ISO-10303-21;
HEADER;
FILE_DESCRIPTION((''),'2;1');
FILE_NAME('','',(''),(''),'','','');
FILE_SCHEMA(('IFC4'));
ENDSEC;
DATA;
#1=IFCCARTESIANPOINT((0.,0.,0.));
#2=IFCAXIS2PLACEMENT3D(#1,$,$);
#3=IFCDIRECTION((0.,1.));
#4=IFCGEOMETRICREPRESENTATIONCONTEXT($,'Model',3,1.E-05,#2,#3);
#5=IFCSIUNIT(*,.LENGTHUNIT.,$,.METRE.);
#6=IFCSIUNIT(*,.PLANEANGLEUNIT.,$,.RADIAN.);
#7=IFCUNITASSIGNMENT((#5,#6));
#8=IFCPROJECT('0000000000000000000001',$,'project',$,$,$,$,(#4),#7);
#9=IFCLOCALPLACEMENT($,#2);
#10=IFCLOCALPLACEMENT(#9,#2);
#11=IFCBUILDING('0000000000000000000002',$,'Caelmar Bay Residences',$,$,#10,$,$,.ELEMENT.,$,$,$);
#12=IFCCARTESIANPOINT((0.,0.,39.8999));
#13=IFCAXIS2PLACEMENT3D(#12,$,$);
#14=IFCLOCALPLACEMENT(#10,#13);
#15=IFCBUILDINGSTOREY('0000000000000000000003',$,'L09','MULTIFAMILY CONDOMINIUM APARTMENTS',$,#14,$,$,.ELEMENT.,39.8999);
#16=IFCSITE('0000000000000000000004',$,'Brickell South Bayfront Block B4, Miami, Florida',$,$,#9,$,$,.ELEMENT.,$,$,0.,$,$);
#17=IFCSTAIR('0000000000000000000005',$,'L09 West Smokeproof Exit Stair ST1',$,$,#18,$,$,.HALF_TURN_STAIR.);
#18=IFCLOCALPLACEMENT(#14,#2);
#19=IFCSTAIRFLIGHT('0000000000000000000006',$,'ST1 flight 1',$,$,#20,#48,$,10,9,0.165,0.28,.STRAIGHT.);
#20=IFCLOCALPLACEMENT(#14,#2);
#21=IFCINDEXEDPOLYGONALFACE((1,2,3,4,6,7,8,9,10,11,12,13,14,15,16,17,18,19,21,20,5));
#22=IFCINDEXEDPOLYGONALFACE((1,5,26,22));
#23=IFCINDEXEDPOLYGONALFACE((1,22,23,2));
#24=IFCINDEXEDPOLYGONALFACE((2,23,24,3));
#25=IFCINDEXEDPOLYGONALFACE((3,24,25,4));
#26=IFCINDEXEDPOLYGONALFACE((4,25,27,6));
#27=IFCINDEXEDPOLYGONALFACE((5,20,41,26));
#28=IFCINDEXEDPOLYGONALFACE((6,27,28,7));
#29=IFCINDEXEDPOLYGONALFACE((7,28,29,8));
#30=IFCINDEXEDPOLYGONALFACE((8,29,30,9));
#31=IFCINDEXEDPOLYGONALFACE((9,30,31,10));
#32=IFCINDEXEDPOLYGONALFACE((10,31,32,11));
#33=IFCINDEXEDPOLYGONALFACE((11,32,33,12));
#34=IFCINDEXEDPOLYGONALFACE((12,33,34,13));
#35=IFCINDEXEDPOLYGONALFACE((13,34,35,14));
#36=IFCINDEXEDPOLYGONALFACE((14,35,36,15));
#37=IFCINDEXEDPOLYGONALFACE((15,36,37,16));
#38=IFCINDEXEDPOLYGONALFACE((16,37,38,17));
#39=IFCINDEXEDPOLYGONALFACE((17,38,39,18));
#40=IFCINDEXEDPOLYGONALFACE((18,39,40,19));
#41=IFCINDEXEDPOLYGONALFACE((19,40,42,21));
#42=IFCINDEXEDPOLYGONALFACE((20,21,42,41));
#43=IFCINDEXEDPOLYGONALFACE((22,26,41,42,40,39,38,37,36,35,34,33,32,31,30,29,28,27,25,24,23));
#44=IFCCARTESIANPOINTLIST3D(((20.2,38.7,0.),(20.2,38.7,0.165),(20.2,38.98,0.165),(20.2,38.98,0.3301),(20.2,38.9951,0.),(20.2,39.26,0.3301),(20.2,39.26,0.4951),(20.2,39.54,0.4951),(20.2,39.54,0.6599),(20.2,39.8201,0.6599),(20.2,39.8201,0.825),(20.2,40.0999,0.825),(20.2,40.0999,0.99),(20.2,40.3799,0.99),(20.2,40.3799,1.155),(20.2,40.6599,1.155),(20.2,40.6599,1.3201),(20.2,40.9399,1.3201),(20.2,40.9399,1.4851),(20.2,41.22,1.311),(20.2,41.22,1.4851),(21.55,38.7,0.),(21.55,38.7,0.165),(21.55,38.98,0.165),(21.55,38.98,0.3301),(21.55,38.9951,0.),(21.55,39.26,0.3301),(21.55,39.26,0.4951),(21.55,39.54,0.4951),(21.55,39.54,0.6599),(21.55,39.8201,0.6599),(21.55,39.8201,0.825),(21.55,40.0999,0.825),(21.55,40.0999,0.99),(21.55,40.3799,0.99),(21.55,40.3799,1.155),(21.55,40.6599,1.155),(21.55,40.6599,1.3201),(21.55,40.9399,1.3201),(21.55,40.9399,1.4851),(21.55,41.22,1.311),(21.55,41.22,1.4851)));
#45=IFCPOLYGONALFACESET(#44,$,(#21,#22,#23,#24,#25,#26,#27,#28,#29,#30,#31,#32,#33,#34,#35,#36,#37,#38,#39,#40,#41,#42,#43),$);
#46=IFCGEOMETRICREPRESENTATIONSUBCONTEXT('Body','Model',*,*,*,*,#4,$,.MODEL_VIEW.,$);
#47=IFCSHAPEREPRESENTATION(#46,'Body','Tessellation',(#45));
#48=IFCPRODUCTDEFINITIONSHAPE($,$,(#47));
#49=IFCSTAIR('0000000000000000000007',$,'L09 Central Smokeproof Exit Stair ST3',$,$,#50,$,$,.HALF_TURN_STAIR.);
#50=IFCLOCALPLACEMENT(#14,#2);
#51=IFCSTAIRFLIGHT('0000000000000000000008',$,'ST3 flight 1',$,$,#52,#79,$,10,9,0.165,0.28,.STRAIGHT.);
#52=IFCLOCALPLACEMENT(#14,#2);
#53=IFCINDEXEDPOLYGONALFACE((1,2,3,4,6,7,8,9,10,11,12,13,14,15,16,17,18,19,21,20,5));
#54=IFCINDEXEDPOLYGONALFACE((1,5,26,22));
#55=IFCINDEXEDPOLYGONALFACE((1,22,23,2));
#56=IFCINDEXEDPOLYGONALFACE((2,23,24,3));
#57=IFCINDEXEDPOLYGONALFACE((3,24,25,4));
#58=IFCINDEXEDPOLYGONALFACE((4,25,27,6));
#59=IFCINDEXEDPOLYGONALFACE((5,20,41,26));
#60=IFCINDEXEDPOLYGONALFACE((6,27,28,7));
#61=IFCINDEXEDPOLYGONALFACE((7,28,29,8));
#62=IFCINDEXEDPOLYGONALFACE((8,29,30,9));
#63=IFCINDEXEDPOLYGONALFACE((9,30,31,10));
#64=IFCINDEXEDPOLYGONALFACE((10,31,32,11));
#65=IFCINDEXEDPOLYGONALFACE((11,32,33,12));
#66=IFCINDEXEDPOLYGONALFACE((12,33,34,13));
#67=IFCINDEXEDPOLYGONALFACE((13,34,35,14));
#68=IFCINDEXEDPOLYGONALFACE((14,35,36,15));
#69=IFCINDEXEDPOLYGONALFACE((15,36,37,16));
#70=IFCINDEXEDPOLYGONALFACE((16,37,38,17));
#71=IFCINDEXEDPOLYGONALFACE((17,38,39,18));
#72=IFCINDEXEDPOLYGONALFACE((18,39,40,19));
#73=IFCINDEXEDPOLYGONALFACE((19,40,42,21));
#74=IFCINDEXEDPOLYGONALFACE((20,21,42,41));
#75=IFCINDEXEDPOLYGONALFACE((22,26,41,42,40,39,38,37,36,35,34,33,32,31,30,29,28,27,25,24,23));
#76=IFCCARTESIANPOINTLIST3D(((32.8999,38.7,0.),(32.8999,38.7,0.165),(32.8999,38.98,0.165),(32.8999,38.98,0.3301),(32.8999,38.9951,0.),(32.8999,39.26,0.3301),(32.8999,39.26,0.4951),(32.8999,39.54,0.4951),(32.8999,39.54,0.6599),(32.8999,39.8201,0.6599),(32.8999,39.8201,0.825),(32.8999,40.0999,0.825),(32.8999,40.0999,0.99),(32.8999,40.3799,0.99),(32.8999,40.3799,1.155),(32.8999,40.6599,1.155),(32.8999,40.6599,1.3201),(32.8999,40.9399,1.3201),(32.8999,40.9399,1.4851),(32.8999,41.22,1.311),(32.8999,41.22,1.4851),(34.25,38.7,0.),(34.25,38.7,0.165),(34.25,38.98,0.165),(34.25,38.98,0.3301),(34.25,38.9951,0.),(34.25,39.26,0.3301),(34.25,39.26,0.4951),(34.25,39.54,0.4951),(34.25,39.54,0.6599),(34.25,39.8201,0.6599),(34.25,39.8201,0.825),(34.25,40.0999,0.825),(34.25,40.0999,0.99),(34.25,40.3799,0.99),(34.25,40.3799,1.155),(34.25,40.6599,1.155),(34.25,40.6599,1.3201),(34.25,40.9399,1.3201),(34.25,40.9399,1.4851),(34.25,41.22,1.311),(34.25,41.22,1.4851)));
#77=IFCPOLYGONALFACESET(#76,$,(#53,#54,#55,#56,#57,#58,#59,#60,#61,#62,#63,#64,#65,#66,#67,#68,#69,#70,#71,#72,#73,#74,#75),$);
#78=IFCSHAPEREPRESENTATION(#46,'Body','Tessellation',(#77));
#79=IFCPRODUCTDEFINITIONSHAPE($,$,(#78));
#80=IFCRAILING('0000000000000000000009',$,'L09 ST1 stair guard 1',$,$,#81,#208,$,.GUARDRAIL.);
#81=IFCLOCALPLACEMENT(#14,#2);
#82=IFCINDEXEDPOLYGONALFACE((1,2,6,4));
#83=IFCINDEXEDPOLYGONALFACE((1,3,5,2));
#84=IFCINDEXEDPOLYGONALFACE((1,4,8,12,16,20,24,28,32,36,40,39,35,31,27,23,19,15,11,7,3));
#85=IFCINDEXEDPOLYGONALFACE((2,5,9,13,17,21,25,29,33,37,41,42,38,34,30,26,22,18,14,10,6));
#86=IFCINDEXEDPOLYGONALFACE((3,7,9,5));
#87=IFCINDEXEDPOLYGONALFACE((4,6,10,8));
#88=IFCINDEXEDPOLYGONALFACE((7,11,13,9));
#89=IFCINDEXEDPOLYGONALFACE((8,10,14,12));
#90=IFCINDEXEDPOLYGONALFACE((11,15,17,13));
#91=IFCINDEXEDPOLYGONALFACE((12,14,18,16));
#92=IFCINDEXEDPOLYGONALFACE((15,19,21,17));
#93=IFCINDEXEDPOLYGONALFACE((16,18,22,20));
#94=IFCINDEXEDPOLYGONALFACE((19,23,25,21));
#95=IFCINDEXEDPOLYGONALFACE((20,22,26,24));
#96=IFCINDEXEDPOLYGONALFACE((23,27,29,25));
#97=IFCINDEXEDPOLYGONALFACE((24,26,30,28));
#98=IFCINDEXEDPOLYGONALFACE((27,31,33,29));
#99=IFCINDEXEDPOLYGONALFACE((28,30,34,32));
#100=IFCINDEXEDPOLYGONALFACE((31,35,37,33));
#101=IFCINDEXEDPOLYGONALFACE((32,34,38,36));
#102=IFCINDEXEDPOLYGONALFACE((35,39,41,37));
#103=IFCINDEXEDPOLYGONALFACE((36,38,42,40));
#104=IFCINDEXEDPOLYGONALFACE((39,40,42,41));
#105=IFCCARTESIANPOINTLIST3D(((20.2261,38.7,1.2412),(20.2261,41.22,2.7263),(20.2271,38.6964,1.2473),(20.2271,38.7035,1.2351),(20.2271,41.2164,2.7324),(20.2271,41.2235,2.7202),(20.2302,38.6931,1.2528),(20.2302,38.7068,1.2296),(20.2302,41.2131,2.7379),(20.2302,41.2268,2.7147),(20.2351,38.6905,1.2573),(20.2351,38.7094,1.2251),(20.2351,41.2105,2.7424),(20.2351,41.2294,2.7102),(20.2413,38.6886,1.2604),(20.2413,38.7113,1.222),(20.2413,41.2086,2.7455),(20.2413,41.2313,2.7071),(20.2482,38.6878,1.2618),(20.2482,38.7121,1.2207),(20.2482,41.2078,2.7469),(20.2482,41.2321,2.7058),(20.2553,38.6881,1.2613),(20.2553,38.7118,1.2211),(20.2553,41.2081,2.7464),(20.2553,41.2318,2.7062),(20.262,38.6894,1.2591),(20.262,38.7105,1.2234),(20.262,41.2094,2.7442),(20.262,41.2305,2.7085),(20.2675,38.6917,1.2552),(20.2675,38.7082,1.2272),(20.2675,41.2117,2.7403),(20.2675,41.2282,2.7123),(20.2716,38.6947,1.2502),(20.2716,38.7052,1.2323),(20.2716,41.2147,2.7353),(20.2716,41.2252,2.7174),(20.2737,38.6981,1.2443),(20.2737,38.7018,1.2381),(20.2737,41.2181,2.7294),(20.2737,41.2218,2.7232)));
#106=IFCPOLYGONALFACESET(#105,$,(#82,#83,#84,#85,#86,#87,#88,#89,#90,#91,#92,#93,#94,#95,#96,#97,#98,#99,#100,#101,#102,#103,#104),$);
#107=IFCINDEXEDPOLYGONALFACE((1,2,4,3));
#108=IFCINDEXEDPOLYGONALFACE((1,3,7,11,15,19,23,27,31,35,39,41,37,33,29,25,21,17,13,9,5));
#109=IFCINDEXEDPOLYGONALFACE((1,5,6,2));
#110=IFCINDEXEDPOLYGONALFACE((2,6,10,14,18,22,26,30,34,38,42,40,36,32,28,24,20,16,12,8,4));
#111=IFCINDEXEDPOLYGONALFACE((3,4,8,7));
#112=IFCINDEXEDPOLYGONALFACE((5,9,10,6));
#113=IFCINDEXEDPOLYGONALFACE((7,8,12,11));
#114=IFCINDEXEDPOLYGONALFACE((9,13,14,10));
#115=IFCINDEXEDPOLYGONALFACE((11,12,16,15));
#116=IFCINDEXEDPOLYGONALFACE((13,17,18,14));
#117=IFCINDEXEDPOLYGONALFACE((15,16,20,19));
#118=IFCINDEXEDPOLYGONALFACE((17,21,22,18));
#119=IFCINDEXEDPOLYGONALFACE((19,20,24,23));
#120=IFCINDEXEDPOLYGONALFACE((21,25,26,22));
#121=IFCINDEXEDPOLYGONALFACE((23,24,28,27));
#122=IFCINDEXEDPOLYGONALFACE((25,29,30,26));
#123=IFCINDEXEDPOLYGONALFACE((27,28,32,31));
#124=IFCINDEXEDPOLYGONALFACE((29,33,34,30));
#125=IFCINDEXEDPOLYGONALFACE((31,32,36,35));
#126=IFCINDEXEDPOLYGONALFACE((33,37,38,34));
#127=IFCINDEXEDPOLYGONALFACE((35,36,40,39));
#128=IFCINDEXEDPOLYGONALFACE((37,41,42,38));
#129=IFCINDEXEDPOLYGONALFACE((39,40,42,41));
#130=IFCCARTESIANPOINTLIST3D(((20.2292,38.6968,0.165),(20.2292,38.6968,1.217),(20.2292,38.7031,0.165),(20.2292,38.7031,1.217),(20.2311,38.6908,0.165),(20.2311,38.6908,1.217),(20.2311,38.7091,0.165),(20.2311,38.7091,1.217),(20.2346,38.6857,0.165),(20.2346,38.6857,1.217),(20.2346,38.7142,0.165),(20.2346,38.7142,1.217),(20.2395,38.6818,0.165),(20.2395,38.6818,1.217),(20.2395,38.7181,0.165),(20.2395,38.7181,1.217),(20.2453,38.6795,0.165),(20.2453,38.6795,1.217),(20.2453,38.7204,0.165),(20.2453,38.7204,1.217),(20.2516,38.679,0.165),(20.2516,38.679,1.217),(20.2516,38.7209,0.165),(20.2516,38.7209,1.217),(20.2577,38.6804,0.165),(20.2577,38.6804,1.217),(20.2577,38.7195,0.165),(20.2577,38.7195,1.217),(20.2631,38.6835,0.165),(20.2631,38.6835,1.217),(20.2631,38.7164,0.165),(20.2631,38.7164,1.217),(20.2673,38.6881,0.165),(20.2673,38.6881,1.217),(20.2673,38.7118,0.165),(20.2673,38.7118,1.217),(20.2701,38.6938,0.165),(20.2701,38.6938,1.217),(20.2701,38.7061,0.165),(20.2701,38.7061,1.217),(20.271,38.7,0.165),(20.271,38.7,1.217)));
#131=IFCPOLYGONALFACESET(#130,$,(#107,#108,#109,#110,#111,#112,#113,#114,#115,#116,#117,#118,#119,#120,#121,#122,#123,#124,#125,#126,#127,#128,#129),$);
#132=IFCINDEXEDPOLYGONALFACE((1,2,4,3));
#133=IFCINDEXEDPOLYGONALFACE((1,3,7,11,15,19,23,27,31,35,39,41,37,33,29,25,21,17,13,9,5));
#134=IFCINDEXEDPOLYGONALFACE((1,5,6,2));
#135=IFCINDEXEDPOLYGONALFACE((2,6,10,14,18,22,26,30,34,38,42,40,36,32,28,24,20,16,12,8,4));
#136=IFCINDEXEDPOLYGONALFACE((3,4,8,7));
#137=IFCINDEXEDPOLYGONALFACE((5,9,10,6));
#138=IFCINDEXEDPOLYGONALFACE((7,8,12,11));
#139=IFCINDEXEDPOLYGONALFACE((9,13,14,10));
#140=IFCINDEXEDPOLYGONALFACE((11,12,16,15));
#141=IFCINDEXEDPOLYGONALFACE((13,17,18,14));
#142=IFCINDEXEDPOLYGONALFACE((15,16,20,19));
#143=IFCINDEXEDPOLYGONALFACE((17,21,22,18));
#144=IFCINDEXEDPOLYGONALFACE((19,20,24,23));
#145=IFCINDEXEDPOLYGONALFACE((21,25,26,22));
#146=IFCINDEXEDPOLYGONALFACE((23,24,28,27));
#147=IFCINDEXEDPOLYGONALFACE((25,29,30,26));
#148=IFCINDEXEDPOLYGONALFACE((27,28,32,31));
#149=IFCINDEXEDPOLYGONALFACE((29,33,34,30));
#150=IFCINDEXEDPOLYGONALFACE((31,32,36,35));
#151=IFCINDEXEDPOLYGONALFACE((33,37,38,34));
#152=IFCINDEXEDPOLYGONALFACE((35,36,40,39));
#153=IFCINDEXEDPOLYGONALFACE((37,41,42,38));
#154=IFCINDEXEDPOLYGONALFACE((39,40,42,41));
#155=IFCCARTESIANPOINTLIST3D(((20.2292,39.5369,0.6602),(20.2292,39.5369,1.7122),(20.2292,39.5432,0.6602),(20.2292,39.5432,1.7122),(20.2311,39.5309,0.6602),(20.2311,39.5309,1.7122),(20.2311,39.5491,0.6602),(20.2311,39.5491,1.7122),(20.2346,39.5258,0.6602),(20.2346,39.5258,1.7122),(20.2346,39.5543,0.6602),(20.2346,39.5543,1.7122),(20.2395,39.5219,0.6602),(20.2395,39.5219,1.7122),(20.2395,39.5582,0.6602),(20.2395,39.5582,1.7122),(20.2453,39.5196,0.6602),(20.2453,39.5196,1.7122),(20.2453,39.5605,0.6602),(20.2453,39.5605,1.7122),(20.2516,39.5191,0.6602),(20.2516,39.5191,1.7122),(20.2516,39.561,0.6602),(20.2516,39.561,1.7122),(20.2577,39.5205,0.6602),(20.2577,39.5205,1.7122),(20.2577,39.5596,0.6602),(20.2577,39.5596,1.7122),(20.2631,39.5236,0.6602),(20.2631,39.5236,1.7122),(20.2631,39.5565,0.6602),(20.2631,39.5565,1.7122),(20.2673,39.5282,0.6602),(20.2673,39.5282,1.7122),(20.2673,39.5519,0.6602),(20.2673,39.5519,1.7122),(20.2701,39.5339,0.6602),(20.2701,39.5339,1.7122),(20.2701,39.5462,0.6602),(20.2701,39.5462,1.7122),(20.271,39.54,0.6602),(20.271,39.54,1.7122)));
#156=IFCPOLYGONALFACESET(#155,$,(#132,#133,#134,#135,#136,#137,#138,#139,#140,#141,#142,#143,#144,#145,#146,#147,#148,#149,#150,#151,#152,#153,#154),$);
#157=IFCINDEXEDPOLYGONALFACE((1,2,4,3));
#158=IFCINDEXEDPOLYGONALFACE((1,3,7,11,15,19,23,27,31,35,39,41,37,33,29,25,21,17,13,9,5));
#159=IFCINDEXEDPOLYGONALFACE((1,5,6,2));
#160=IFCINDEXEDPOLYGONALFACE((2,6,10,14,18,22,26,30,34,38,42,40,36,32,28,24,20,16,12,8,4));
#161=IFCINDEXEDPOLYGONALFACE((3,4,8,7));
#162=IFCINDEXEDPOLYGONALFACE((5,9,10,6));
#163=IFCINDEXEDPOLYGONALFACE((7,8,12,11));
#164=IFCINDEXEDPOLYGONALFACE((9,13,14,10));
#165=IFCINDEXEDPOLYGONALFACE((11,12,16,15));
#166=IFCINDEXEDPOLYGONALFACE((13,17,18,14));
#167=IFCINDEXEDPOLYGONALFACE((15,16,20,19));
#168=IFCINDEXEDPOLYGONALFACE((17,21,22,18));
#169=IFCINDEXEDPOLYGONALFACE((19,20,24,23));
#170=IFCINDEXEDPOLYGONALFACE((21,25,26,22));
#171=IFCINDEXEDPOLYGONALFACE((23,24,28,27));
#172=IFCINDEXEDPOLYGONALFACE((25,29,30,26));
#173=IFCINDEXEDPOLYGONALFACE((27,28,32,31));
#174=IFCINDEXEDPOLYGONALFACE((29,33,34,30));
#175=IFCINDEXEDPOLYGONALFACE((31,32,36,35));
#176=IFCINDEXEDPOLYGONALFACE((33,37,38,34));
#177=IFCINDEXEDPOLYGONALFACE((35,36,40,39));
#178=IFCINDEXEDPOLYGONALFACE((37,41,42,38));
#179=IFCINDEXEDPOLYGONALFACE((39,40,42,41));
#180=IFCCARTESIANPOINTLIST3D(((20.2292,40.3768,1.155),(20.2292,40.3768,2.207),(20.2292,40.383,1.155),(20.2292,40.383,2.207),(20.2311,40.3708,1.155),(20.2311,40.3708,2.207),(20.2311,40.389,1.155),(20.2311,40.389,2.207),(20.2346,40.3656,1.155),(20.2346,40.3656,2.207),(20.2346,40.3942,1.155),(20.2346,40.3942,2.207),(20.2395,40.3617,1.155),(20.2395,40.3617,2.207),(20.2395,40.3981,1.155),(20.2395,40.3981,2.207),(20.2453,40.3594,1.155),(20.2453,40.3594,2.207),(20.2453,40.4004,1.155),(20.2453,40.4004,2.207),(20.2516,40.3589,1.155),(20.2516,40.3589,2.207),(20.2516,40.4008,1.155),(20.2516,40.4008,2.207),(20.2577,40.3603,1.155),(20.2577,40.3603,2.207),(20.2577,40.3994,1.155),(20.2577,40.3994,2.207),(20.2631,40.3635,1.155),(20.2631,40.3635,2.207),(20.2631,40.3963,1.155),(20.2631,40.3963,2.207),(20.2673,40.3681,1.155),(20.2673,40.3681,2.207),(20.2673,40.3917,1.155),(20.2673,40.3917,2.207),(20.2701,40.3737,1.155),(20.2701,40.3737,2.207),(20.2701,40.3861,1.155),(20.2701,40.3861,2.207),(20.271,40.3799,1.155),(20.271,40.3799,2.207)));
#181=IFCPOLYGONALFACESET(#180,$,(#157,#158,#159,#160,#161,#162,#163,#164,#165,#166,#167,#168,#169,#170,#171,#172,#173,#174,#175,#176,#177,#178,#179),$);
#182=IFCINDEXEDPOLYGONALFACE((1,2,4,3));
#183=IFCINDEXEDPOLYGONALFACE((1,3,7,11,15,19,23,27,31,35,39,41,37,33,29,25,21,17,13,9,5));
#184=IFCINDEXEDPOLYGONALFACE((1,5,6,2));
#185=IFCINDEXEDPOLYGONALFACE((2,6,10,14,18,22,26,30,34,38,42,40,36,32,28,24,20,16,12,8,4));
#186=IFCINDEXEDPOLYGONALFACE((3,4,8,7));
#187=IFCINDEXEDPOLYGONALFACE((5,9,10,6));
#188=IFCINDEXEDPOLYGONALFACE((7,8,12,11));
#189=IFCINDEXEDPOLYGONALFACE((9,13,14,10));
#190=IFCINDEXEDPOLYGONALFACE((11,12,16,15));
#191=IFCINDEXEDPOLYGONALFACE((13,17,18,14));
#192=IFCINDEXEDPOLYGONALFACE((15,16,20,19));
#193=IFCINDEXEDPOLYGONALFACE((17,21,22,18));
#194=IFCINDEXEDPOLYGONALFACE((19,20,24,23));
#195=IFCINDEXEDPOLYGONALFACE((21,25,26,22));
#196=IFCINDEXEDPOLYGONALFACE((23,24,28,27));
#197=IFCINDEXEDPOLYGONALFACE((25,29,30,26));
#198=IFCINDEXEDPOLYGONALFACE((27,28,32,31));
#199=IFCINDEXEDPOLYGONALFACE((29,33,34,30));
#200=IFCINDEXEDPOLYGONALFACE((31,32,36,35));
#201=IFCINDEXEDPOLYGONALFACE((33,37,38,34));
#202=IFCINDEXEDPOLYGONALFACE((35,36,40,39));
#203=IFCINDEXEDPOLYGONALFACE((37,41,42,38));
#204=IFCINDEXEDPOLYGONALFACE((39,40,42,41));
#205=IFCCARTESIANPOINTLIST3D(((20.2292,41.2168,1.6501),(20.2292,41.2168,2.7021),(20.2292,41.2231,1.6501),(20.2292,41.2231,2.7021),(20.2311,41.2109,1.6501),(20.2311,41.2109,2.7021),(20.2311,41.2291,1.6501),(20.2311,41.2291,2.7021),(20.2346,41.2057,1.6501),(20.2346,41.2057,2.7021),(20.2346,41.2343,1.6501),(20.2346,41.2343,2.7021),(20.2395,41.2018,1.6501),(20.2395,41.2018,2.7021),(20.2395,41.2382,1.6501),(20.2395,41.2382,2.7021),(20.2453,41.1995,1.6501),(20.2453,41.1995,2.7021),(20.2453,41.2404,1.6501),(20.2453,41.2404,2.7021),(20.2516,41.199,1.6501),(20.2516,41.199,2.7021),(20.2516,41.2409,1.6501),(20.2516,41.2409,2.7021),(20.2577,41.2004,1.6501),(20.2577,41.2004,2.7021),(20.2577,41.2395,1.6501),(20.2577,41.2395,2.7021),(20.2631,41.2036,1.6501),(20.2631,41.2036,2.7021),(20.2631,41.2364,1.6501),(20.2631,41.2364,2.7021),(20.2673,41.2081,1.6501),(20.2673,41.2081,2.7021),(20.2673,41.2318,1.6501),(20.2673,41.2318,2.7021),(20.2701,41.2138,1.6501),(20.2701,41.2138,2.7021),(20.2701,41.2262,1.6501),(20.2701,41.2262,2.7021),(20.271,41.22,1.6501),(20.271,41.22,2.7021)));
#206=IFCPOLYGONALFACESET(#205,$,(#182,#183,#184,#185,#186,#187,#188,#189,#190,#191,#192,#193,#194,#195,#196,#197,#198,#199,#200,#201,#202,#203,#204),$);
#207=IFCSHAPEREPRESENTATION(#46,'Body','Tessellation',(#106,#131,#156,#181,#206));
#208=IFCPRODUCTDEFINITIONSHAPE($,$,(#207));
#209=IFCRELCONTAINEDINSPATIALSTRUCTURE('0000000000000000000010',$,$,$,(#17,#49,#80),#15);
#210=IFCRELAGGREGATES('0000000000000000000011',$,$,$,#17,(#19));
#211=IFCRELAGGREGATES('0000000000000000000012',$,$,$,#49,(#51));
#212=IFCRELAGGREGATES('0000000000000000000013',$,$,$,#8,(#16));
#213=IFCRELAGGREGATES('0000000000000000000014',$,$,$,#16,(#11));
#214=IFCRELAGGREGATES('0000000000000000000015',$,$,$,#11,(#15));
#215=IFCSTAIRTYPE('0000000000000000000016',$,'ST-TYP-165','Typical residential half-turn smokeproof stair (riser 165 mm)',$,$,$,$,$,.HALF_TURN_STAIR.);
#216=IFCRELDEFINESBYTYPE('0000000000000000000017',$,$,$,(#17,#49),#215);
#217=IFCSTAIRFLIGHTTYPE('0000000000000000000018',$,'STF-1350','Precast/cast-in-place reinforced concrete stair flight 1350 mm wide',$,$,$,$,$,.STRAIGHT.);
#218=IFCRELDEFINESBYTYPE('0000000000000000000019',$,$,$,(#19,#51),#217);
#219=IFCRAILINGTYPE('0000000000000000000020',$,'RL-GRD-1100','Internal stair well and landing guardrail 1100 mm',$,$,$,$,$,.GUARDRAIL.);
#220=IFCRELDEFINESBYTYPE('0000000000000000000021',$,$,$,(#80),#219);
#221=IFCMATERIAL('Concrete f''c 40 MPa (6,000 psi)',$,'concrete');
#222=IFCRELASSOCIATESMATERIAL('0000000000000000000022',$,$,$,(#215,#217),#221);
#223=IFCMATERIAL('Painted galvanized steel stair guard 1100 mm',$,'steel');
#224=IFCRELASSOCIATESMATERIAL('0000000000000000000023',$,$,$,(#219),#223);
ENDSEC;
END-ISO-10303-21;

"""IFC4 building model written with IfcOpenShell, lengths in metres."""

from ifc_helpers import new_model, si_unit, direction, frame, origin, origin_2d, place, context, subcontext, project, spatial, polyline, circle, outline, extrude, material, type_object, element, aggregate, save


model = new_model("IFC4")

# Units and contexts
model_context = context("Model", 3, precision=1e-05, world=origin(), true_north=direction((0.0, 1.0)))
body_context = subcontext(model_context, "Body", "Model", "MODEL_VIEW")
ifc_project = project(units=[si_unit("LENGTHUNIT", "METRE"), si_unit("PLANEANGLEUNIT", "RADIAN")], contexts=[model_context])

# Site, building, storey
site_placement = place(None, origin())
site = spatial("IfcSite", under=ifc_project, at=site_placement, Name="Brickell South Bayfront Block B4, Miami, Florida", CompositionType="ELEMENT", RefElevation=0.0)
building_placement = place(site_placement, origin())
building = spatial("IfcBuilding", under=site, at=building_placement, Name="Caelmar Bay Residences", CompositionType="ELEMENT")
storey_placement = place(building_placement, frame((0.0, 0.0, 39.8999)))
storey = spatial("IfcBuildingStorey", under=building, at=storey_placement, Name="L09", Description="MULTIFAMILY CONDOMINIUM APARTMENTS", CompositionType="ELEMENT", Elevation=39.8999)

# Stairs, stair flights
ifc_material_1 = material(Name="Concrete f'c 40 MPa (6,000 psi)", Category="concrete")
stair_type = type_object("IfcStairType", Name="ST-TYP-165", Description="Typical residential half-turn smokeproof stair (riser 165 mm)", PredefinedType="HALF_TURN_STAIR", material=ifc_material_1)
stair_1_placement = place(storey_placement, origin())
stair_1 = element("IfcStair", 1, at=stair_1_placement, inside=storey, type_object=stair_type, Name="L09 West Smokeproof Exit Stair ST1", PredefinedType="HALF_TURN_STAIR")
stair_flight_type = type_object("IfcStairFlightType", Name="STF-1350", Description="Precast/cast-in-place reinforced concrete stair flight 1350 mm wide", PredefinedType="STRAIGHT", material=ifc_material_1)
stair_flight_1_placement = place(storey_placement, frame((20.875, 38.7, 0.0), z_axis=(0.0, 0.0, 1.0), x_axis=(0.0, 1.0, 0.0)))
stair_flight_1 = element("IfcStairFlight", 2, at=stair_flight_1_placement, type_object=stair_flight_type, Name="ST1 flight 1", NumberOfRisers=10, NumberOfTreads=9, PredefinedType="STRAIGHT", RiserHeight=0.165, TreadLength=0.28, context=body_context, shape_type="SweptSolid", body=[
    extrude(outline(polyline([(0.0, 0.0), (0.0, 0.165), (0.28, 0.165), (0.28, 0.3301), (0.5601, 0.3301), (0.5601, 0.4951), (0.8401, 0.4951), (0.8401, 0.6599), (1.1201, 0.6599), (1.1201, 0.825), (1.3999, 0.825), (1.3999, 0.99), (1.6799, 0.99), (1.6799, 1.155), (1.96, 1.155), (1.96, 1.3201), (2.24, 1.3201), (2.24, 1.4851), (2.52, 1.4851), (2.52, 1.6499), (2.52, 1.311), (0.2952, 0.0), (0.0, 0.0)])), frame((0.0, 0.675, 0.0), z_axis=(0.0, -1.0, 0.0), x_axis=(1.0, 0.0, 0.0)), (0.0, 0.0, 1.0), 1.3501),
])
aggregate(stair_1, [stair_flight_1])
stair_2_placement = place(storey_placement, origin())
stair_2 = element("IfcStair", 3, at=stair_2_placement, inside=storey, type_object=stair_type, Name="L09 Central Smokeproof Exit Stair ST3", PredefinedType="HALF_TURN_STAIR")
stair_flight_2_placement = place(storey_placement, frame((33.575, 38.7, 0.0), z_axis=(0.0, 0.0, 1.0), x_axis=(0.0, 1.0, 0.0)))
stair_flight_2 = element("IfcStairFlight", 4, at=stair_flight_2_placement, type_object=stair_flight_type, Name="ST3 flight 1", NumberOfRisers=10, NumberOfTreads=9, PredefinedType="STRAIGHT", RiserHeight=0.165, TreadLength=0.28, context=body_context, shape_type="SweptSolid", body=[
    extrude(outline(polyline([(0.0, 0.0), (0.0, 0.165), (0.28, 0.165), (0.28, 0.3301), (0.5601, 0.3301), (0.5601, 0.4951), (0.8401, 0.4951), (0.8401, 0.6599), (1.1201, 0.6599), (1.1201, 0.825), (1.3999, 0.825), (1.3999, 0.99), (1.6799, 0.99), (1.6799, 1.155), (1.96, 1.155), (1.96, 1.3201), (2.24, 1.3201), (2.24, 1.4851), (2.52, 1.4851), (2.52, 1.6499), (2.52, 1.311), (0.2952, 0.0), (0.0, 0.0)])), frame((0.0, 0.675, 0.0), z_axis=(0.0, -1.0, 0.0), x_axis=(1.0, 0.0, 0.0)), (0.0, 0.0, 1.0), 1.3501),
])
aggregate(stair_2, [stair_flight_2])

# Railing
ifc_material_2 = material(Name="Painted galvanized steel stair guard 1100 mm", Category="steel")
railing_type_1 = type_object("IfcRailingType", Name="RL-GRD-1100", Description="Internal stair well and landing guardrail 1100 mm", PredefinedType="GUARDRAIL", material=ifc_material_2)
railing_1_placement = place(storey_placement, frame((20.25, 38.7, 0.165)))
element("IfcRailing", 5, at=railing_1_placement, inside=storey, type_object=railing_type_1, Name="L09 ST1 stair guard 1", PredefinedType="GUARDRAIL", context=body_context, shape_type="SweptSolid", body=[
    extrude(circle(Radius=0.0239, at=origin_2d()), frame((0.0, 0.0, 1.0762), z_axis=(0.0, 0.861524, 0.507717), x_axis=(-1.0, 0.0, 0.0)), (0.0, 0.0, 1.0), 2.925),
    extrude(circle(Radius=0.021, at=origin_2d()), origin(), (0.0, 0.0, 1.0), 1.052),
    extrude(circle(Radius=0.021, at=origin_2d()), frame((0.0, 0.8401, 0.4951)), (0.0, 0.0, 1.0), 1.052),
    extrude(circle(Radius=0.021, at=origin_2d()), frame((0.0, 1.6799, 0.99)), (0.0, 0.0, 1.0), 1.052),
    extrude(circle(Radius=0.021, at=origin_2d()), frame((0.0, 2.52, 1.4851)), (0.0, 0.0, 1.0), 1.052),
])

save(model, "model.ifc")
